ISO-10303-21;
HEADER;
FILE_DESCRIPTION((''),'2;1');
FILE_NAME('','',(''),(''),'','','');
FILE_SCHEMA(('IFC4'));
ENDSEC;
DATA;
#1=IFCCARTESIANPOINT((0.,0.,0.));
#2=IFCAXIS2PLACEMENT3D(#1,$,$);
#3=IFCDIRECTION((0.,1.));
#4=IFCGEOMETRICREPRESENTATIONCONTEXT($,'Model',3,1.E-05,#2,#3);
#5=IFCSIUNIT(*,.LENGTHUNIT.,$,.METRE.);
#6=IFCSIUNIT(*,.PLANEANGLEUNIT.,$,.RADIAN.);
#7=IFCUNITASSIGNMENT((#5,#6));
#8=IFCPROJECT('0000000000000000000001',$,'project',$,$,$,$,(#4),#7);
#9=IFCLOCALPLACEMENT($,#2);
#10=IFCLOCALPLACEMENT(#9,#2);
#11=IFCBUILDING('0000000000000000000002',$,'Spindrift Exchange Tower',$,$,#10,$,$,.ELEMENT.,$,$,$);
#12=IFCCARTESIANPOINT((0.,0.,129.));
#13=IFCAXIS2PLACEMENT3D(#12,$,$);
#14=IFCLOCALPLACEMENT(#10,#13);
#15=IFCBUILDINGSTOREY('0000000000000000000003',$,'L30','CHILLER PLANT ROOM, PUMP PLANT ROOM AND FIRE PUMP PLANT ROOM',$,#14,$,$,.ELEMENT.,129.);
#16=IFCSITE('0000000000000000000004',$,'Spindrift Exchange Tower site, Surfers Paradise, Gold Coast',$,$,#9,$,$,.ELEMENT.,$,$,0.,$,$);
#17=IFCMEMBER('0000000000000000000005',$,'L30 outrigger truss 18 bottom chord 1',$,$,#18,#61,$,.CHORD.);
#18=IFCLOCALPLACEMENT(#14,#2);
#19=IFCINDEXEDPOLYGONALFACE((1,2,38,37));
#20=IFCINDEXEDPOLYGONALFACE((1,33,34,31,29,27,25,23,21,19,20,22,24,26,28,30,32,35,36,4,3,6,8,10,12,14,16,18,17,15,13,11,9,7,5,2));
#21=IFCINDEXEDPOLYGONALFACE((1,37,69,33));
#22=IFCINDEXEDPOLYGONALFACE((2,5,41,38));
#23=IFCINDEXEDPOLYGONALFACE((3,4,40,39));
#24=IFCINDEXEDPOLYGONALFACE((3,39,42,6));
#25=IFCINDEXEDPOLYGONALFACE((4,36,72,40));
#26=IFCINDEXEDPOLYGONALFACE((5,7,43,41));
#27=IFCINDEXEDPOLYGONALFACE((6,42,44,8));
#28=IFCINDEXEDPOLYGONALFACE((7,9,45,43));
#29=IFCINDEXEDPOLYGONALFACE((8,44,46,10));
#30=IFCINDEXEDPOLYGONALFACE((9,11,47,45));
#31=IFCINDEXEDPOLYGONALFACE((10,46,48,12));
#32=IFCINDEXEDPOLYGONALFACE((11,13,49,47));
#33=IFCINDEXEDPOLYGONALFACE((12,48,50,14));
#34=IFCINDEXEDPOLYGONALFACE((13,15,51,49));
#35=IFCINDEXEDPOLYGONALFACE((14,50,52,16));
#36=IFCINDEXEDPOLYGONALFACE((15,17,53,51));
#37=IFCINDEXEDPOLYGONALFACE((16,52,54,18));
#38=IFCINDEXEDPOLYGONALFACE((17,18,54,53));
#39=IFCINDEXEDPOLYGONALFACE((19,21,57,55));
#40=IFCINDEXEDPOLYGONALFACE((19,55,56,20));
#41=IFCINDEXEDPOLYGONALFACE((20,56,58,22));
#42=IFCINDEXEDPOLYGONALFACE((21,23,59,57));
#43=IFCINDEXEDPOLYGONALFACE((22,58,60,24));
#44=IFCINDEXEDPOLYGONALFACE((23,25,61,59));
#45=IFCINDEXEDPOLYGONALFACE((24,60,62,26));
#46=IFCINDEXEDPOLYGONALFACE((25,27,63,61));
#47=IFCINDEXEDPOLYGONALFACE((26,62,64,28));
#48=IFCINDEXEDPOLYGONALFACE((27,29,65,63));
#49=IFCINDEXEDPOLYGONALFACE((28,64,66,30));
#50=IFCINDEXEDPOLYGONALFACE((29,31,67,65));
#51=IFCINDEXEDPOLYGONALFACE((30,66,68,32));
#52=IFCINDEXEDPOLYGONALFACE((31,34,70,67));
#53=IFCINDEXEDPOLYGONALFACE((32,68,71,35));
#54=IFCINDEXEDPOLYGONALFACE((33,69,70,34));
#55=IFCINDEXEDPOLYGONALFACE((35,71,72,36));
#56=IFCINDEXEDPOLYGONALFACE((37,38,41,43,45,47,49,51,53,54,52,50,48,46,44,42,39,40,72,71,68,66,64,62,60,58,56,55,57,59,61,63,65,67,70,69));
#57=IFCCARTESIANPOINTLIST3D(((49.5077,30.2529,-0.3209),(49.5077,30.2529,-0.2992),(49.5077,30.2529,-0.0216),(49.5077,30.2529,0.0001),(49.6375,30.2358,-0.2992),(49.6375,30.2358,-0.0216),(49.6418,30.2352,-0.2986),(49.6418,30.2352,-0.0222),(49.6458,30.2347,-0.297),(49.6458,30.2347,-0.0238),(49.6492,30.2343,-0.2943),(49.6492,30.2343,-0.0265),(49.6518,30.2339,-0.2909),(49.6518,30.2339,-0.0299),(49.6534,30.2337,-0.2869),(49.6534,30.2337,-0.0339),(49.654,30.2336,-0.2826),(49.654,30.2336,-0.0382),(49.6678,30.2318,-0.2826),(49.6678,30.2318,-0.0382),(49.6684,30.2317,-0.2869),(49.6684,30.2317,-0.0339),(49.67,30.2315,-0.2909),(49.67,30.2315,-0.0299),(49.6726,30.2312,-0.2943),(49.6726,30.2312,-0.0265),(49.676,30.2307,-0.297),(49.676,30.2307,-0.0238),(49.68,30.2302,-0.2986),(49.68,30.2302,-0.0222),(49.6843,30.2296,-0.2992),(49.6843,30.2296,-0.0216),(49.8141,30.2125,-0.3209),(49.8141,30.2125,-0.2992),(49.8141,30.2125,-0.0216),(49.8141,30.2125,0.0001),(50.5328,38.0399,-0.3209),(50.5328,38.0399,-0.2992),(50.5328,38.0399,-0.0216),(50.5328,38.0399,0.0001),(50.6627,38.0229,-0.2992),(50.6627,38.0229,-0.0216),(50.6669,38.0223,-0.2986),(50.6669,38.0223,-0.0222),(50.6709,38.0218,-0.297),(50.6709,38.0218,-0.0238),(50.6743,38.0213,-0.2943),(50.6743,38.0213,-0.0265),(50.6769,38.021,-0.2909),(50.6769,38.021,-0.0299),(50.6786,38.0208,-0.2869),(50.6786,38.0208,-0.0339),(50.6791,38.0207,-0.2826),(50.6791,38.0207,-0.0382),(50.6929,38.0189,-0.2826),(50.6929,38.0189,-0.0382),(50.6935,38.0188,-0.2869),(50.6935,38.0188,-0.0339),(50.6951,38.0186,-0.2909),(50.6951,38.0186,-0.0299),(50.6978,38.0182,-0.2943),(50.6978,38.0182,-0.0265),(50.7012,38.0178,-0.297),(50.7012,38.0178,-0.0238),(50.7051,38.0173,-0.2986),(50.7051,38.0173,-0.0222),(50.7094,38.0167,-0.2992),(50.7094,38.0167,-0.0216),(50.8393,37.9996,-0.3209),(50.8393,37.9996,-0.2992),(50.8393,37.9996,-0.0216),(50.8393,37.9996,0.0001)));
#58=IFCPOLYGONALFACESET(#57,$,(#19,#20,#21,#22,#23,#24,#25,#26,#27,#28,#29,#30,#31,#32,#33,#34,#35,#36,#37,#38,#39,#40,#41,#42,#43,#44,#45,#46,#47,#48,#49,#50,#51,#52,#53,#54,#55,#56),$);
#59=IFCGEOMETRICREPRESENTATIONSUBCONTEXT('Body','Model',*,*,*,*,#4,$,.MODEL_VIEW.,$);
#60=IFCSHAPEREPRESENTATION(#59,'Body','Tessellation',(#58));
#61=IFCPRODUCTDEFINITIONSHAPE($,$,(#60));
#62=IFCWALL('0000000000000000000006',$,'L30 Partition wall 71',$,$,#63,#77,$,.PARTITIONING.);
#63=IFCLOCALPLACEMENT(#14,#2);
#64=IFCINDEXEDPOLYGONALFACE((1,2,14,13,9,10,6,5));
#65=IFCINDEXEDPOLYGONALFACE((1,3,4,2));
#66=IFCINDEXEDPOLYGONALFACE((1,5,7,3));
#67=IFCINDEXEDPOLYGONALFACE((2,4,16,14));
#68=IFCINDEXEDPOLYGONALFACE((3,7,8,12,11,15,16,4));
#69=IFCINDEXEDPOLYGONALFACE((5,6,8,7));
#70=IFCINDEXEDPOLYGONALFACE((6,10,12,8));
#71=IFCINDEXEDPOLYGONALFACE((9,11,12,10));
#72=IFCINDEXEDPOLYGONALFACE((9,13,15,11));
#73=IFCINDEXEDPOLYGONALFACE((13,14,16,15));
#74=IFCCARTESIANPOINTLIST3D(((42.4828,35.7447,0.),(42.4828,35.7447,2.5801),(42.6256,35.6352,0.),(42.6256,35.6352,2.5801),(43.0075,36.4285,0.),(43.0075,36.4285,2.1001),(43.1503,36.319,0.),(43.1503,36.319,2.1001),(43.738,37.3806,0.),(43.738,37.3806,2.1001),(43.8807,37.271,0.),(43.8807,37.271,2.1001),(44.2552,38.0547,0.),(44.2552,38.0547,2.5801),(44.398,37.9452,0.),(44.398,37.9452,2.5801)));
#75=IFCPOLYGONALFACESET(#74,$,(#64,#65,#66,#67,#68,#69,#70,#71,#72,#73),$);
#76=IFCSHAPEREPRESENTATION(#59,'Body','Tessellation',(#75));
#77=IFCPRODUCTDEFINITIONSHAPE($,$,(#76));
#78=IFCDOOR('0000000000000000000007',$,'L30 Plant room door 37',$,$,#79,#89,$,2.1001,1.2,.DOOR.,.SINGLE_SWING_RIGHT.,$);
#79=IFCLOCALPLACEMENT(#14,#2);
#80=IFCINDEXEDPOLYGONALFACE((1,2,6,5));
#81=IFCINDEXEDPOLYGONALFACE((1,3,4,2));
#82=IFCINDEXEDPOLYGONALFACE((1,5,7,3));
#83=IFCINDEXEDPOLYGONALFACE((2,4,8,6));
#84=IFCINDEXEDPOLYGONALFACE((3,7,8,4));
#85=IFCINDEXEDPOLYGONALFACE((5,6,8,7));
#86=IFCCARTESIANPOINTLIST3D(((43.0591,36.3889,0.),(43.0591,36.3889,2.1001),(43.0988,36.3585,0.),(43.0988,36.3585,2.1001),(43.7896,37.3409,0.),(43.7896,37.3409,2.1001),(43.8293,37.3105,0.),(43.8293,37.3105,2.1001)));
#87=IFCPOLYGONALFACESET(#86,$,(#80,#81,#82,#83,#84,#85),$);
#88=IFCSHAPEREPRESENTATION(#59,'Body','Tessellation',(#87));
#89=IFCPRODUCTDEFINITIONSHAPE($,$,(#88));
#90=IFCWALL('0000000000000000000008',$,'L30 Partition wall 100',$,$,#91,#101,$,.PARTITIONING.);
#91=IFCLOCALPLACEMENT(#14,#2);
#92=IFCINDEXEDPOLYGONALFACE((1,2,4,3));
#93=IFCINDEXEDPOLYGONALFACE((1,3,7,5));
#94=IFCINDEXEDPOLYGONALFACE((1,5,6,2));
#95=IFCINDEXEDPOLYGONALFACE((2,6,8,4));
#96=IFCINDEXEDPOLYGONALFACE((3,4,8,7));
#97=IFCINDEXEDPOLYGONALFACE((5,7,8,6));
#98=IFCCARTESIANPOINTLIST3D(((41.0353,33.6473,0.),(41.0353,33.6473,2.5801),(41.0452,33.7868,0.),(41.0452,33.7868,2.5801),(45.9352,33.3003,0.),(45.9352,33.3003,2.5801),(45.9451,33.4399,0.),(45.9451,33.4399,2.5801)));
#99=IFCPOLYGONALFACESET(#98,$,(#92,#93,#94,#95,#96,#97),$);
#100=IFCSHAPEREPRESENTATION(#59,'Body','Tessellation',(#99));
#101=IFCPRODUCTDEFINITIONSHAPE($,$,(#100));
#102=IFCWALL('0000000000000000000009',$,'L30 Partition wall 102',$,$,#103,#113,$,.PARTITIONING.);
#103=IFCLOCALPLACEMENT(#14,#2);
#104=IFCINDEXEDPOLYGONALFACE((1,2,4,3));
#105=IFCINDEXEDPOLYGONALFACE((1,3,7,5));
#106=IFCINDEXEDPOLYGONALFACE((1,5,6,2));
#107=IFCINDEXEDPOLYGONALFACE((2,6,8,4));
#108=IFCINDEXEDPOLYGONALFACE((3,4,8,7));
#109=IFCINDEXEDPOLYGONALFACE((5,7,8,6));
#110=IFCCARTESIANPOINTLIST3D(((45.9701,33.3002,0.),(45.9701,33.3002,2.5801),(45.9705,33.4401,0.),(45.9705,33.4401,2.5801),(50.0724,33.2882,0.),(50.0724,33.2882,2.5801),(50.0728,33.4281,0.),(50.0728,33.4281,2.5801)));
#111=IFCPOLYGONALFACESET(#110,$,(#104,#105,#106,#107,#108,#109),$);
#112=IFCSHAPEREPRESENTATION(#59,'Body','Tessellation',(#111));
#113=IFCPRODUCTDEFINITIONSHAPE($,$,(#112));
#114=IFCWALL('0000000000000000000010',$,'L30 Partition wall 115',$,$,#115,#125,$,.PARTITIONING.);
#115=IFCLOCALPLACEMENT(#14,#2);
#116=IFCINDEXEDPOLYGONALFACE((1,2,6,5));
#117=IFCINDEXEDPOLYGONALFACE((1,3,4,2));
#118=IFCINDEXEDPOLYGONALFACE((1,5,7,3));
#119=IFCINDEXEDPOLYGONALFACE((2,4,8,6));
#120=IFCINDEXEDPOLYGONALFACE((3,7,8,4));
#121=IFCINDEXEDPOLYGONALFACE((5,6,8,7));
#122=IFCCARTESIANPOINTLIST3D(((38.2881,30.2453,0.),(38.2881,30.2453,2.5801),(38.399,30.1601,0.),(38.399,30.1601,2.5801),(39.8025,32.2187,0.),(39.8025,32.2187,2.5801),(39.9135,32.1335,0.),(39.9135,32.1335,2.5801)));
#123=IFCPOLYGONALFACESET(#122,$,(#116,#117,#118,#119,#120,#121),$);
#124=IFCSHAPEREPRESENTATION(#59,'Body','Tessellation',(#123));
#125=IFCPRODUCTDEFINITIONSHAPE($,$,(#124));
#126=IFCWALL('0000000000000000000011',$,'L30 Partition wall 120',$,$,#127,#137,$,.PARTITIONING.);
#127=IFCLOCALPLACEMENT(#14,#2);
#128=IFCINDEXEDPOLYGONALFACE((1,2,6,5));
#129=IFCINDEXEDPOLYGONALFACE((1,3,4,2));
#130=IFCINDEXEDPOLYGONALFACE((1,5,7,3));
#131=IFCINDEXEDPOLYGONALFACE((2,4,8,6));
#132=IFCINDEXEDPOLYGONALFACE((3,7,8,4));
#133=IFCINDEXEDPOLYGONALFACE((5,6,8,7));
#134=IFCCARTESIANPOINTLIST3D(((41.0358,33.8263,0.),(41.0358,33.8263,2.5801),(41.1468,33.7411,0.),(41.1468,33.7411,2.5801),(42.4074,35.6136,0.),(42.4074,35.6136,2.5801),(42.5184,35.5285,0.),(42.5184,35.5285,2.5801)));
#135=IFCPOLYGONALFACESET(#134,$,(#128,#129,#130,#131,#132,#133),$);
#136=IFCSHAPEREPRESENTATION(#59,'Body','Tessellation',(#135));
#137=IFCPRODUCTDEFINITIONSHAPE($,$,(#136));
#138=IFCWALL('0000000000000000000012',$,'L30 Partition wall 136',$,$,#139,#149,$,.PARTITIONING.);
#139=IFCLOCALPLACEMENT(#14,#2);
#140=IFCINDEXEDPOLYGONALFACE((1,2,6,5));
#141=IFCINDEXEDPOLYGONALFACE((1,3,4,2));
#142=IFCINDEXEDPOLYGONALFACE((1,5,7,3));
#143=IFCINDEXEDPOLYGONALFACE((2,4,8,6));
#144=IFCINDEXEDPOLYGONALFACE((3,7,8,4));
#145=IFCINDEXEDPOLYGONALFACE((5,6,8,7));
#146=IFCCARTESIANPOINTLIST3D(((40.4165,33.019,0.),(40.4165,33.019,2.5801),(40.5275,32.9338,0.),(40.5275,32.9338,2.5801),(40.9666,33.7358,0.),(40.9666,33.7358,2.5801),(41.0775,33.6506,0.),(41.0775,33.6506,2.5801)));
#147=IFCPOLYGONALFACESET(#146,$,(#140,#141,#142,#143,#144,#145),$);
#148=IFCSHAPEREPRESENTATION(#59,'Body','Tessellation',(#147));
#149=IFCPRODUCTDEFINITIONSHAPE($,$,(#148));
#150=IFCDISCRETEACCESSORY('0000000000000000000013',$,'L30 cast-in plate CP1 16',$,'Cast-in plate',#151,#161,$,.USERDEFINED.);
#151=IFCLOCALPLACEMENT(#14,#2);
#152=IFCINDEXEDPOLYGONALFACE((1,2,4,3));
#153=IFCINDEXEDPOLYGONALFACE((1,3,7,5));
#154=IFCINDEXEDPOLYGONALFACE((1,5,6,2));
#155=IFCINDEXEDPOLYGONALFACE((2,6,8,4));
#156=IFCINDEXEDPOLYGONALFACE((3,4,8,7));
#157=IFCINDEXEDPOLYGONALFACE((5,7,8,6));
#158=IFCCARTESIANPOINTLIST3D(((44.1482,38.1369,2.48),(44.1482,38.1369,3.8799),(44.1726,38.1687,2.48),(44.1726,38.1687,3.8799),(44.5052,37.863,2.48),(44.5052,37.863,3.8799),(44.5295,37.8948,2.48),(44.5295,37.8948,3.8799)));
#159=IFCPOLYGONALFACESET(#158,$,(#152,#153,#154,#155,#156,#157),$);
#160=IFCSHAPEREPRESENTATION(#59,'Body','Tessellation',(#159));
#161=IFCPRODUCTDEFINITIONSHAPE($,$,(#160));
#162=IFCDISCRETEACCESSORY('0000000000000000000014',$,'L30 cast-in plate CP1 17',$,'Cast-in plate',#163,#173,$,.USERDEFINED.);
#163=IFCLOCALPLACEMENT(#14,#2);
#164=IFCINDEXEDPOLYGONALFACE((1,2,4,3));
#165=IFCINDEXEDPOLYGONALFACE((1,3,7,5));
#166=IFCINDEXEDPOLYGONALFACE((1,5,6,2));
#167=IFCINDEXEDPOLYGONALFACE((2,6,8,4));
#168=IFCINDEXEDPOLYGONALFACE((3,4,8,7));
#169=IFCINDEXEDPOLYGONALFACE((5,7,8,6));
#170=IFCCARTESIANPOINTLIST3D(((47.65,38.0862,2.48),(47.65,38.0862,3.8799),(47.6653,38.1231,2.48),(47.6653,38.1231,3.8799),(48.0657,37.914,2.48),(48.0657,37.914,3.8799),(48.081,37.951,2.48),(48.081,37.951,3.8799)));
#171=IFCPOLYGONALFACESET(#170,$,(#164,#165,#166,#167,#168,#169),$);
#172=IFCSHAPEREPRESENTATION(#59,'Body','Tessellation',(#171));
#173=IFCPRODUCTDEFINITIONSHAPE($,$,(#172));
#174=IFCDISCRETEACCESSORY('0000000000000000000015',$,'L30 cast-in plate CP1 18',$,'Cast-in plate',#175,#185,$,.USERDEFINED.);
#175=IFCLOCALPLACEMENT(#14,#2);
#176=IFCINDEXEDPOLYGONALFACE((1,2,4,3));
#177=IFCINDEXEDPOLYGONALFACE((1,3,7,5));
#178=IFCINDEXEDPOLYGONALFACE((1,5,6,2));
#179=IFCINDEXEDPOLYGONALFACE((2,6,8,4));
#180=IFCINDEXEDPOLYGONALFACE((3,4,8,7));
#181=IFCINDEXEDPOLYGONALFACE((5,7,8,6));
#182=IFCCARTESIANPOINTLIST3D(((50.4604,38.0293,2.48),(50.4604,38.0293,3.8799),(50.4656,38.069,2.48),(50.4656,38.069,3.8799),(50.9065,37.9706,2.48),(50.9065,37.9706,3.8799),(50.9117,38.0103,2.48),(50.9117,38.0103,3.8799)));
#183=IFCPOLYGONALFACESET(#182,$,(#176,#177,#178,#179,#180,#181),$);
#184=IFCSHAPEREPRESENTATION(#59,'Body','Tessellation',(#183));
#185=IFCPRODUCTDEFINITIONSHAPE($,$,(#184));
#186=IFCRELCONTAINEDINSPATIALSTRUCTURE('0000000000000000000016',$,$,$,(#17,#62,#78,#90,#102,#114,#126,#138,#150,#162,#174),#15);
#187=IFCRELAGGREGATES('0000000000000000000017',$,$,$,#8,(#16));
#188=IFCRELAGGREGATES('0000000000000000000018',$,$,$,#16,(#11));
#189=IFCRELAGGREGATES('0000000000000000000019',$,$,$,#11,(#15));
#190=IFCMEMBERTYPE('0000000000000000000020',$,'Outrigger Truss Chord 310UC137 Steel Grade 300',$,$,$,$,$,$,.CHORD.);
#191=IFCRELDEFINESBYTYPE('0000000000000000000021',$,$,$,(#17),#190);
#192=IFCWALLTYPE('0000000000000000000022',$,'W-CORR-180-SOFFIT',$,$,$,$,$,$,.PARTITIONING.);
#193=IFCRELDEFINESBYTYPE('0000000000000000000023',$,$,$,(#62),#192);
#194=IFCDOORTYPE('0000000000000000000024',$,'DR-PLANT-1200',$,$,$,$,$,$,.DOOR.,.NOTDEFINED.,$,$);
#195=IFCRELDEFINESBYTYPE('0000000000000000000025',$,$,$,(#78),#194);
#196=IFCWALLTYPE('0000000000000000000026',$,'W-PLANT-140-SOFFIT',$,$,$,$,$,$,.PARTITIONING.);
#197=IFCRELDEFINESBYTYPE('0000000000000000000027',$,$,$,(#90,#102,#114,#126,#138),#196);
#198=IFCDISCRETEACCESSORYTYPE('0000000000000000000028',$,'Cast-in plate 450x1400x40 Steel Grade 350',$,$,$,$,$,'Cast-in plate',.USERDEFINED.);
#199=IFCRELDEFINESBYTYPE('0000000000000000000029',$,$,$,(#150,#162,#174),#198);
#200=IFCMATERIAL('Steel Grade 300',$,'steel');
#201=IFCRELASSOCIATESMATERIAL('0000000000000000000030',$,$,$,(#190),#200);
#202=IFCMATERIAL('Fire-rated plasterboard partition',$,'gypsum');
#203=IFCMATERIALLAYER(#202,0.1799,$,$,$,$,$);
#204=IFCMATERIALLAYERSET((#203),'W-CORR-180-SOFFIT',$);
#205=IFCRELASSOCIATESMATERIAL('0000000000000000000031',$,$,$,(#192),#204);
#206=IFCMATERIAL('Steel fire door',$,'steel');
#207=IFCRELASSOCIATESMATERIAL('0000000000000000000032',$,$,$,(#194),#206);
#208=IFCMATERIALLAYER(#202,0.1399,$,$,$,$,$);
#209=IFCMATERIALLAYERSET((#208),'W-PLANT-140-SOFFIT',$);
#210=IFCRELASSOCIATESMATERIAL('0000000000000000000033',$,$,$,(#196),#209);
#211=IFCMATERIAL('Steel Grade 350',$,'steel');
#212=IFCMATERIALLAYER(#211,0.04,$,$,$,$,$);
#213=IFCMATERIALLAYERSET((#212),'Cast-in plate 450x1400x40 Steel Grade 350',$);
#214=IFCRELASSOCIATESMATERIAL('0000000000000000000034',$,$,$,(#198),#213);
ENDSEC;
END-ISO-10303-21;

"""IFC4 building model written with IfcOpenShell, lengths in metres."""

from ifc_helpers import new_model, si_unit, direction, frame, frame_2d, origin, origin_2d, place, context, subcontext, project, spatial, rectangle, i_section, extrude, source, transform, mapped, material, layer, layer_set, material_profile, profile_set, type_object, element, fill, save


model = new_model("IFC4")

# Units and contexts
model_context = context("Model", 3, precision=1e-05, world=origin(), true_north=direction((0.0, 1.0)))
body_context = subcontext(model_context, "Body", "Model", "MODEL_VIEW")
ifc_project = project(units=[si_unit("LENGTHUNIT", "METRE"), si_unit("PLANEANGLEUNIT", "RADIAN")], contexts=[model_context])

# Site, building, storey
site_placement = place(None, origin())
site = spatial("IfcSite", under=ifc_project, at=site_placement, Name="Spindrift Exchange Tower site, Surfers Paradise, Gold Coast", CompositionType="ELEMENT", RefElevation=0.0)
building_placement = place(site_placement, origin())
building = spatial("IfcBuilding", under=site, at=building_placement, Name="Spindrift Exchange Tower", CompositionType="ELEMENT")
storey_placement = place(building_placement, frame((0.0, 0.0, 129.0)))
storey = spatial("IfcBuildingStorey", under=building, at=storey_placement, Name="L30", Description="CHILLER PLANT ROOM, PUMP PLANT ROOM AND FIRE PUMP PLANT ROOM", CompositionType="ELEMENT", Elevation=129.0)

# Shared definitions
ifc_material_1 = material(Name="Steel Grade 300", Category="steel")

# Shared definitions
ifc_material_profile_1 = material_profile(ifc_material_1, i_section(OverallWidth=0.3091, OverallDepth=0.321, WebThickness=0.0139, FlangeThickness=0.0217, FilletRadius=0.0166, at=origin_2d()), Name="310UC137")
ifc_profile_set_1 = profile_set([ifc_material_profile_1], Name="Steel Grade 300")
member_type_1 = type_object("IfcMemberType", Name="Outrigger Truss Chord 310UC137 Steel Grade 300", PredefinedType="CHORD", material=ifc_profile_set_1)

# Member
shared_shape_1 = source(origin(), body_context, "Body", "SweptSolid", [
    extrude(i_section(OverallWidth=0.3091, OverallDepth=0.321, WebThickness=0.0139, FlangeThickness=0.0217, FilletRadius=0.0166, at=origin_2d()), origin(), (0.0, 0.0, 1.0), 7.8542),
])
member_1_placement = place(storey_placement, frame((50.686, 38.0198, -0.1604), z_axis=(-0.13052, -0.991446, 0.0), x_axis=(0.991446, -0.13052, 0.0)))
element("IfcMember", 1, at=member_1_placement, inside=storey, type_object=member_type_1, Name="L30 outrigger truss 18 bottom chord 1", PredefinedType="CHORD", context=body_context, shape_type="MappedRepresentation", body=[
    mapped(shared_shape_1, transform((0.0, 0.0, 0.0), scale=1.0)),
])

# Wall, opening, door
ifc_material_2 = material(Name="Fire-rated plasterboard partition", Category="gypsum")
ifc_layer_1 = layer(ifc_material_2, 0.1799)
ifc_layer_set_1 = layer_set([ifc_layer_1], Name="W-CORR-180-SOFFIT")
wall_type_1 = type_object("IfcWallType", Name="W-CORR-180-SOFFIT", PredefinedType="PARTITIONING", material=ifc_layer_set_1)
wall_1_placement = place(storey_placement, frame((42.5542, 35.6899, 0.0), z_axis=(0.0, 0.0, 1.0), x_axis=(0.608738, 0.793371, 0.0)))
wall_1 = element("IfcWall", 2, at=wall_1_placement, inside=storey, type_object=wall_type_1, Name="L30 Partition wall 71", PredefinedType="PARTITIONING", context=body_context, shape_type="SweptSolid", body=[
    extrude(rectangle(XDim=2.9116, YDim=0.1799, at=frame_2d((1.4558, 0.0))), origin(), (0.0, 0.0, 1.0), 2.5801),
])
opening_placement = place(wall_1_placement, frame((0.8618, 0.0, 0.0)))
opening = element("IfcOpeningElement", 3, at=opening_placement, cuts=wall_1, PredefinedType="OPENING", context=body_context, shape_type="SweptSolid", body=[
    extrude(rectangle(XDim=1.2, YDim=2.1001, at=frame_2d((0.6001, 1.05))), frame((0.0, 0.0999, 0.0), z_axis=(0.0, -1.0, 0.0), x_axis=(1.0, 0.0, 0.0)), (0.0, 0.0, 1.0), 0.2),
])
ifc_material_3 = material(Name="Steel fire door", Category="steel")
door_type = type_object("IfcDoorType", Name="DR-PLANT-1200", OperationType="NOTDEFINED", PredefinedType="DOOR", material=ifc_material_3)
shared_shape_2 = source(origin(), body_context, "Body", "SweptSolid", [
    extrude(rectangle(XDim=1.2, YDim=2.1001, at=frame_2d((0.6001, 1.05))), frame((0.0, 0.0249, 0.0), z_axis=(0.0, -1.0, 0.0), x_axis=(1.0, 0.0, 0.0)), (0.0, 0.0, 1.0), 0.05),
])
door_placement = place(opening_placement, origin())
door = element("IfcDoor", 4, at=door_placement, inside=storey, type_object=door_type, Name="L30 Plant room door 37", OperationType="SINGLE_SWING_RIGHT", OverallHeight=2.1001, OverallWidth=1.2, PredefinedType="DOOR", context=body_context, shape_type="MappedRepresentation", body=[
    mapped(shared_shape_2, transform((0.0, 0.0, 0.0), scale=1.0)),
])
fill(opening, door)

# Walls
ifc_layer_2 = layer(ifc_material_2, 0.1399)
ifc_layer_set_2 = layer_set([ifc_layer_2], Name="W-PLANT-140-SOFFIT")
wall_type_2 = type_object("IfcWallType", Name="W-PLANT-140-SOFFIT", PredefinedType="PARTITIONING", material=ifc_layer_set_2)
wall_2_placement = place(storey_placement, frame((41.0403, 33.717, 0.0), z_axis=(0.0, 0.0, 1.0), x_axis=(0.997503, -0.070625, 0.0)))
element("IfcWall", 5, at=wall_2_placement, inside=storey, type_object=wall_type_2, Name="L30 Partition wall 100", PredefinedType="PARTITIONING", context=body_context, shape_type="SweptSolid", body=[
    extrude(rectangle(XDim=4.9121, YDim=0.1399, at=frame_2d((2.4561, 0.0))), origin(), (0.0, 0.0, 1.0), 2.5801),
])
wall_3_placement = place(storey_placement, frame((45.9702, 33.3701, 0.0), z_axis=(0.0, 0.0, 1.0), x_axis=(0.999996, -0.002916, 0.0)))
element("IfcWall", 6, at=wall_3_placement, inside=storey, type_object=wall_type_2, Name="L30 Partition wall 102", PredefinedType="PARTITIONING", context=body_context, shape_type="SweptSolid", body=[
    extrude(rectangle(XDim=4.1023, YDim=0.1399, at=frame_2d((2.0513, 0.0))), origin(), (0.0, 0.0, 1.0), 2.5801),
])
wall_4_placement = place(storey_placement, frame((39.8579, 32.176, 0.0), z_axis=(0.0, 0.0, 1.0), x_axis=(-0.608804, -0.79332, 0.0)))
element("IfcWall", 7, at=wall_4_placement, inside=storey, type_object=wall_type_2, Name="L30 Partition wall 115", PredefinedType="PARTITIONING", context=body_context, shape_type="SweptSolid", body=[
    extrude(rectangle(XDim=2.4875, YDim=0.1399, at=frame_2d((1.2437, 0.0))), origin(), (0.0, 0.0, 1.0), 2.5801),
])
wall_5_placement = place(storey_placement, frame((42.4629, 35.571, 0.0), z_axis=(0.0, 0.0, 1.0), x_axis=(-0.608789, -0.793332, 0.0)))
element("IfcWall", 8, at=wall_5_placement, inside=storey, type_object=wall_type_2, Name="L30 Partition wall 120", PredefinedType="PARTITIONING", context=body_context, shape_type="SweptSolid", body=[
    extrude(rectangle(XDim=2.2529, YDim=0.1399, at=frame_2d((1.1265, 0.0))), origin(), (0.0, 0.0, 1.0), 2.5801),
])
wall_6_placement = place(storey_placement, frame((41.022, 33.6931, 0.0), z_axis=(0.0, 0.0, 1.0), x_axis=(-0.608783, -0.793337, 0.0)))
element("IfcWall", 9, at=wall_6_placement, inside=storey, type_object=wall_type_2, Name="L30 Partition wall 136", PredefinedType="PARTITIONING", context=body_context, shape_type="SweptSolid", body=[
    extrude(rectangle(XDim=0.9036, YDim=0.1399, at=frame_2d((0.4517, 0.0))), origin(), (0.0, 0.0, 1.0), 2.5801),
])

# Discrete accessories
ifc_material_4 = material(Name="Steel Grade 350", Category="steel")
ifc_layer_3 = layer(ifc_material_4, 0.04)
ifc_layer_set_3 = layer_set([ifc_layer_3], Name="Cast-in plate 450x1400x40 Steel Grade 350")
discrete_accessory_type_1 = type_object("IfcDiscreteAccessoryType", Name="Cast-in plate 450x1400x40 Steel Grade 350", ElementType="Cast-in plate", PredefinedType="USERDEFINED", material=ifc_layer_set_3)
shared_shape_3 = source(origin(), body_context, "Body", "SweptSolid", [
    extrude(rectangle(XDim=0.04, YDim=0.45, at=origin_2d()), origin(), (0.0, 0.0, 1.0), 1.3999),
])
for number, where, z_axis, x_axis, name in (
    (10, (44.3389, 38.0159, 2.48), (0.0, 0.0, 1.0), (-0.608761, -0.793353, 0.0), "L30 cast-in plate CP1 16"),
    (11, (47.8655, 38.0186, 2.48), (0.0, 0.0, 1.0), (-0.382683, -0.92388, 0.0), "L30 cast-in plate CP1 17"),
    (12, (50.686, 38.0198, 2.48), (0.0, 0.0, 1.0), (-0.130526, -0.991445, 0.0), "L30 cast-in plate CP1 18"),
):
    element("IfcDiscreteAccessory", number, at=place(storey_placement, frame(where, z_axis=z_axis, x_axis=x_axis)), inside=storey, type_object=discrete_accessory_type_1, Name=name, ObjectType="Cast-in plate", PredefinedType="USERDEFINED", context=body_context, shape_type="MappedRepresentation", body=[
        mapped(shared_shape_3, transform((0.0, 0.0, 0.0), scale=1.0)),
    ])

save(model, "model.ifc")
